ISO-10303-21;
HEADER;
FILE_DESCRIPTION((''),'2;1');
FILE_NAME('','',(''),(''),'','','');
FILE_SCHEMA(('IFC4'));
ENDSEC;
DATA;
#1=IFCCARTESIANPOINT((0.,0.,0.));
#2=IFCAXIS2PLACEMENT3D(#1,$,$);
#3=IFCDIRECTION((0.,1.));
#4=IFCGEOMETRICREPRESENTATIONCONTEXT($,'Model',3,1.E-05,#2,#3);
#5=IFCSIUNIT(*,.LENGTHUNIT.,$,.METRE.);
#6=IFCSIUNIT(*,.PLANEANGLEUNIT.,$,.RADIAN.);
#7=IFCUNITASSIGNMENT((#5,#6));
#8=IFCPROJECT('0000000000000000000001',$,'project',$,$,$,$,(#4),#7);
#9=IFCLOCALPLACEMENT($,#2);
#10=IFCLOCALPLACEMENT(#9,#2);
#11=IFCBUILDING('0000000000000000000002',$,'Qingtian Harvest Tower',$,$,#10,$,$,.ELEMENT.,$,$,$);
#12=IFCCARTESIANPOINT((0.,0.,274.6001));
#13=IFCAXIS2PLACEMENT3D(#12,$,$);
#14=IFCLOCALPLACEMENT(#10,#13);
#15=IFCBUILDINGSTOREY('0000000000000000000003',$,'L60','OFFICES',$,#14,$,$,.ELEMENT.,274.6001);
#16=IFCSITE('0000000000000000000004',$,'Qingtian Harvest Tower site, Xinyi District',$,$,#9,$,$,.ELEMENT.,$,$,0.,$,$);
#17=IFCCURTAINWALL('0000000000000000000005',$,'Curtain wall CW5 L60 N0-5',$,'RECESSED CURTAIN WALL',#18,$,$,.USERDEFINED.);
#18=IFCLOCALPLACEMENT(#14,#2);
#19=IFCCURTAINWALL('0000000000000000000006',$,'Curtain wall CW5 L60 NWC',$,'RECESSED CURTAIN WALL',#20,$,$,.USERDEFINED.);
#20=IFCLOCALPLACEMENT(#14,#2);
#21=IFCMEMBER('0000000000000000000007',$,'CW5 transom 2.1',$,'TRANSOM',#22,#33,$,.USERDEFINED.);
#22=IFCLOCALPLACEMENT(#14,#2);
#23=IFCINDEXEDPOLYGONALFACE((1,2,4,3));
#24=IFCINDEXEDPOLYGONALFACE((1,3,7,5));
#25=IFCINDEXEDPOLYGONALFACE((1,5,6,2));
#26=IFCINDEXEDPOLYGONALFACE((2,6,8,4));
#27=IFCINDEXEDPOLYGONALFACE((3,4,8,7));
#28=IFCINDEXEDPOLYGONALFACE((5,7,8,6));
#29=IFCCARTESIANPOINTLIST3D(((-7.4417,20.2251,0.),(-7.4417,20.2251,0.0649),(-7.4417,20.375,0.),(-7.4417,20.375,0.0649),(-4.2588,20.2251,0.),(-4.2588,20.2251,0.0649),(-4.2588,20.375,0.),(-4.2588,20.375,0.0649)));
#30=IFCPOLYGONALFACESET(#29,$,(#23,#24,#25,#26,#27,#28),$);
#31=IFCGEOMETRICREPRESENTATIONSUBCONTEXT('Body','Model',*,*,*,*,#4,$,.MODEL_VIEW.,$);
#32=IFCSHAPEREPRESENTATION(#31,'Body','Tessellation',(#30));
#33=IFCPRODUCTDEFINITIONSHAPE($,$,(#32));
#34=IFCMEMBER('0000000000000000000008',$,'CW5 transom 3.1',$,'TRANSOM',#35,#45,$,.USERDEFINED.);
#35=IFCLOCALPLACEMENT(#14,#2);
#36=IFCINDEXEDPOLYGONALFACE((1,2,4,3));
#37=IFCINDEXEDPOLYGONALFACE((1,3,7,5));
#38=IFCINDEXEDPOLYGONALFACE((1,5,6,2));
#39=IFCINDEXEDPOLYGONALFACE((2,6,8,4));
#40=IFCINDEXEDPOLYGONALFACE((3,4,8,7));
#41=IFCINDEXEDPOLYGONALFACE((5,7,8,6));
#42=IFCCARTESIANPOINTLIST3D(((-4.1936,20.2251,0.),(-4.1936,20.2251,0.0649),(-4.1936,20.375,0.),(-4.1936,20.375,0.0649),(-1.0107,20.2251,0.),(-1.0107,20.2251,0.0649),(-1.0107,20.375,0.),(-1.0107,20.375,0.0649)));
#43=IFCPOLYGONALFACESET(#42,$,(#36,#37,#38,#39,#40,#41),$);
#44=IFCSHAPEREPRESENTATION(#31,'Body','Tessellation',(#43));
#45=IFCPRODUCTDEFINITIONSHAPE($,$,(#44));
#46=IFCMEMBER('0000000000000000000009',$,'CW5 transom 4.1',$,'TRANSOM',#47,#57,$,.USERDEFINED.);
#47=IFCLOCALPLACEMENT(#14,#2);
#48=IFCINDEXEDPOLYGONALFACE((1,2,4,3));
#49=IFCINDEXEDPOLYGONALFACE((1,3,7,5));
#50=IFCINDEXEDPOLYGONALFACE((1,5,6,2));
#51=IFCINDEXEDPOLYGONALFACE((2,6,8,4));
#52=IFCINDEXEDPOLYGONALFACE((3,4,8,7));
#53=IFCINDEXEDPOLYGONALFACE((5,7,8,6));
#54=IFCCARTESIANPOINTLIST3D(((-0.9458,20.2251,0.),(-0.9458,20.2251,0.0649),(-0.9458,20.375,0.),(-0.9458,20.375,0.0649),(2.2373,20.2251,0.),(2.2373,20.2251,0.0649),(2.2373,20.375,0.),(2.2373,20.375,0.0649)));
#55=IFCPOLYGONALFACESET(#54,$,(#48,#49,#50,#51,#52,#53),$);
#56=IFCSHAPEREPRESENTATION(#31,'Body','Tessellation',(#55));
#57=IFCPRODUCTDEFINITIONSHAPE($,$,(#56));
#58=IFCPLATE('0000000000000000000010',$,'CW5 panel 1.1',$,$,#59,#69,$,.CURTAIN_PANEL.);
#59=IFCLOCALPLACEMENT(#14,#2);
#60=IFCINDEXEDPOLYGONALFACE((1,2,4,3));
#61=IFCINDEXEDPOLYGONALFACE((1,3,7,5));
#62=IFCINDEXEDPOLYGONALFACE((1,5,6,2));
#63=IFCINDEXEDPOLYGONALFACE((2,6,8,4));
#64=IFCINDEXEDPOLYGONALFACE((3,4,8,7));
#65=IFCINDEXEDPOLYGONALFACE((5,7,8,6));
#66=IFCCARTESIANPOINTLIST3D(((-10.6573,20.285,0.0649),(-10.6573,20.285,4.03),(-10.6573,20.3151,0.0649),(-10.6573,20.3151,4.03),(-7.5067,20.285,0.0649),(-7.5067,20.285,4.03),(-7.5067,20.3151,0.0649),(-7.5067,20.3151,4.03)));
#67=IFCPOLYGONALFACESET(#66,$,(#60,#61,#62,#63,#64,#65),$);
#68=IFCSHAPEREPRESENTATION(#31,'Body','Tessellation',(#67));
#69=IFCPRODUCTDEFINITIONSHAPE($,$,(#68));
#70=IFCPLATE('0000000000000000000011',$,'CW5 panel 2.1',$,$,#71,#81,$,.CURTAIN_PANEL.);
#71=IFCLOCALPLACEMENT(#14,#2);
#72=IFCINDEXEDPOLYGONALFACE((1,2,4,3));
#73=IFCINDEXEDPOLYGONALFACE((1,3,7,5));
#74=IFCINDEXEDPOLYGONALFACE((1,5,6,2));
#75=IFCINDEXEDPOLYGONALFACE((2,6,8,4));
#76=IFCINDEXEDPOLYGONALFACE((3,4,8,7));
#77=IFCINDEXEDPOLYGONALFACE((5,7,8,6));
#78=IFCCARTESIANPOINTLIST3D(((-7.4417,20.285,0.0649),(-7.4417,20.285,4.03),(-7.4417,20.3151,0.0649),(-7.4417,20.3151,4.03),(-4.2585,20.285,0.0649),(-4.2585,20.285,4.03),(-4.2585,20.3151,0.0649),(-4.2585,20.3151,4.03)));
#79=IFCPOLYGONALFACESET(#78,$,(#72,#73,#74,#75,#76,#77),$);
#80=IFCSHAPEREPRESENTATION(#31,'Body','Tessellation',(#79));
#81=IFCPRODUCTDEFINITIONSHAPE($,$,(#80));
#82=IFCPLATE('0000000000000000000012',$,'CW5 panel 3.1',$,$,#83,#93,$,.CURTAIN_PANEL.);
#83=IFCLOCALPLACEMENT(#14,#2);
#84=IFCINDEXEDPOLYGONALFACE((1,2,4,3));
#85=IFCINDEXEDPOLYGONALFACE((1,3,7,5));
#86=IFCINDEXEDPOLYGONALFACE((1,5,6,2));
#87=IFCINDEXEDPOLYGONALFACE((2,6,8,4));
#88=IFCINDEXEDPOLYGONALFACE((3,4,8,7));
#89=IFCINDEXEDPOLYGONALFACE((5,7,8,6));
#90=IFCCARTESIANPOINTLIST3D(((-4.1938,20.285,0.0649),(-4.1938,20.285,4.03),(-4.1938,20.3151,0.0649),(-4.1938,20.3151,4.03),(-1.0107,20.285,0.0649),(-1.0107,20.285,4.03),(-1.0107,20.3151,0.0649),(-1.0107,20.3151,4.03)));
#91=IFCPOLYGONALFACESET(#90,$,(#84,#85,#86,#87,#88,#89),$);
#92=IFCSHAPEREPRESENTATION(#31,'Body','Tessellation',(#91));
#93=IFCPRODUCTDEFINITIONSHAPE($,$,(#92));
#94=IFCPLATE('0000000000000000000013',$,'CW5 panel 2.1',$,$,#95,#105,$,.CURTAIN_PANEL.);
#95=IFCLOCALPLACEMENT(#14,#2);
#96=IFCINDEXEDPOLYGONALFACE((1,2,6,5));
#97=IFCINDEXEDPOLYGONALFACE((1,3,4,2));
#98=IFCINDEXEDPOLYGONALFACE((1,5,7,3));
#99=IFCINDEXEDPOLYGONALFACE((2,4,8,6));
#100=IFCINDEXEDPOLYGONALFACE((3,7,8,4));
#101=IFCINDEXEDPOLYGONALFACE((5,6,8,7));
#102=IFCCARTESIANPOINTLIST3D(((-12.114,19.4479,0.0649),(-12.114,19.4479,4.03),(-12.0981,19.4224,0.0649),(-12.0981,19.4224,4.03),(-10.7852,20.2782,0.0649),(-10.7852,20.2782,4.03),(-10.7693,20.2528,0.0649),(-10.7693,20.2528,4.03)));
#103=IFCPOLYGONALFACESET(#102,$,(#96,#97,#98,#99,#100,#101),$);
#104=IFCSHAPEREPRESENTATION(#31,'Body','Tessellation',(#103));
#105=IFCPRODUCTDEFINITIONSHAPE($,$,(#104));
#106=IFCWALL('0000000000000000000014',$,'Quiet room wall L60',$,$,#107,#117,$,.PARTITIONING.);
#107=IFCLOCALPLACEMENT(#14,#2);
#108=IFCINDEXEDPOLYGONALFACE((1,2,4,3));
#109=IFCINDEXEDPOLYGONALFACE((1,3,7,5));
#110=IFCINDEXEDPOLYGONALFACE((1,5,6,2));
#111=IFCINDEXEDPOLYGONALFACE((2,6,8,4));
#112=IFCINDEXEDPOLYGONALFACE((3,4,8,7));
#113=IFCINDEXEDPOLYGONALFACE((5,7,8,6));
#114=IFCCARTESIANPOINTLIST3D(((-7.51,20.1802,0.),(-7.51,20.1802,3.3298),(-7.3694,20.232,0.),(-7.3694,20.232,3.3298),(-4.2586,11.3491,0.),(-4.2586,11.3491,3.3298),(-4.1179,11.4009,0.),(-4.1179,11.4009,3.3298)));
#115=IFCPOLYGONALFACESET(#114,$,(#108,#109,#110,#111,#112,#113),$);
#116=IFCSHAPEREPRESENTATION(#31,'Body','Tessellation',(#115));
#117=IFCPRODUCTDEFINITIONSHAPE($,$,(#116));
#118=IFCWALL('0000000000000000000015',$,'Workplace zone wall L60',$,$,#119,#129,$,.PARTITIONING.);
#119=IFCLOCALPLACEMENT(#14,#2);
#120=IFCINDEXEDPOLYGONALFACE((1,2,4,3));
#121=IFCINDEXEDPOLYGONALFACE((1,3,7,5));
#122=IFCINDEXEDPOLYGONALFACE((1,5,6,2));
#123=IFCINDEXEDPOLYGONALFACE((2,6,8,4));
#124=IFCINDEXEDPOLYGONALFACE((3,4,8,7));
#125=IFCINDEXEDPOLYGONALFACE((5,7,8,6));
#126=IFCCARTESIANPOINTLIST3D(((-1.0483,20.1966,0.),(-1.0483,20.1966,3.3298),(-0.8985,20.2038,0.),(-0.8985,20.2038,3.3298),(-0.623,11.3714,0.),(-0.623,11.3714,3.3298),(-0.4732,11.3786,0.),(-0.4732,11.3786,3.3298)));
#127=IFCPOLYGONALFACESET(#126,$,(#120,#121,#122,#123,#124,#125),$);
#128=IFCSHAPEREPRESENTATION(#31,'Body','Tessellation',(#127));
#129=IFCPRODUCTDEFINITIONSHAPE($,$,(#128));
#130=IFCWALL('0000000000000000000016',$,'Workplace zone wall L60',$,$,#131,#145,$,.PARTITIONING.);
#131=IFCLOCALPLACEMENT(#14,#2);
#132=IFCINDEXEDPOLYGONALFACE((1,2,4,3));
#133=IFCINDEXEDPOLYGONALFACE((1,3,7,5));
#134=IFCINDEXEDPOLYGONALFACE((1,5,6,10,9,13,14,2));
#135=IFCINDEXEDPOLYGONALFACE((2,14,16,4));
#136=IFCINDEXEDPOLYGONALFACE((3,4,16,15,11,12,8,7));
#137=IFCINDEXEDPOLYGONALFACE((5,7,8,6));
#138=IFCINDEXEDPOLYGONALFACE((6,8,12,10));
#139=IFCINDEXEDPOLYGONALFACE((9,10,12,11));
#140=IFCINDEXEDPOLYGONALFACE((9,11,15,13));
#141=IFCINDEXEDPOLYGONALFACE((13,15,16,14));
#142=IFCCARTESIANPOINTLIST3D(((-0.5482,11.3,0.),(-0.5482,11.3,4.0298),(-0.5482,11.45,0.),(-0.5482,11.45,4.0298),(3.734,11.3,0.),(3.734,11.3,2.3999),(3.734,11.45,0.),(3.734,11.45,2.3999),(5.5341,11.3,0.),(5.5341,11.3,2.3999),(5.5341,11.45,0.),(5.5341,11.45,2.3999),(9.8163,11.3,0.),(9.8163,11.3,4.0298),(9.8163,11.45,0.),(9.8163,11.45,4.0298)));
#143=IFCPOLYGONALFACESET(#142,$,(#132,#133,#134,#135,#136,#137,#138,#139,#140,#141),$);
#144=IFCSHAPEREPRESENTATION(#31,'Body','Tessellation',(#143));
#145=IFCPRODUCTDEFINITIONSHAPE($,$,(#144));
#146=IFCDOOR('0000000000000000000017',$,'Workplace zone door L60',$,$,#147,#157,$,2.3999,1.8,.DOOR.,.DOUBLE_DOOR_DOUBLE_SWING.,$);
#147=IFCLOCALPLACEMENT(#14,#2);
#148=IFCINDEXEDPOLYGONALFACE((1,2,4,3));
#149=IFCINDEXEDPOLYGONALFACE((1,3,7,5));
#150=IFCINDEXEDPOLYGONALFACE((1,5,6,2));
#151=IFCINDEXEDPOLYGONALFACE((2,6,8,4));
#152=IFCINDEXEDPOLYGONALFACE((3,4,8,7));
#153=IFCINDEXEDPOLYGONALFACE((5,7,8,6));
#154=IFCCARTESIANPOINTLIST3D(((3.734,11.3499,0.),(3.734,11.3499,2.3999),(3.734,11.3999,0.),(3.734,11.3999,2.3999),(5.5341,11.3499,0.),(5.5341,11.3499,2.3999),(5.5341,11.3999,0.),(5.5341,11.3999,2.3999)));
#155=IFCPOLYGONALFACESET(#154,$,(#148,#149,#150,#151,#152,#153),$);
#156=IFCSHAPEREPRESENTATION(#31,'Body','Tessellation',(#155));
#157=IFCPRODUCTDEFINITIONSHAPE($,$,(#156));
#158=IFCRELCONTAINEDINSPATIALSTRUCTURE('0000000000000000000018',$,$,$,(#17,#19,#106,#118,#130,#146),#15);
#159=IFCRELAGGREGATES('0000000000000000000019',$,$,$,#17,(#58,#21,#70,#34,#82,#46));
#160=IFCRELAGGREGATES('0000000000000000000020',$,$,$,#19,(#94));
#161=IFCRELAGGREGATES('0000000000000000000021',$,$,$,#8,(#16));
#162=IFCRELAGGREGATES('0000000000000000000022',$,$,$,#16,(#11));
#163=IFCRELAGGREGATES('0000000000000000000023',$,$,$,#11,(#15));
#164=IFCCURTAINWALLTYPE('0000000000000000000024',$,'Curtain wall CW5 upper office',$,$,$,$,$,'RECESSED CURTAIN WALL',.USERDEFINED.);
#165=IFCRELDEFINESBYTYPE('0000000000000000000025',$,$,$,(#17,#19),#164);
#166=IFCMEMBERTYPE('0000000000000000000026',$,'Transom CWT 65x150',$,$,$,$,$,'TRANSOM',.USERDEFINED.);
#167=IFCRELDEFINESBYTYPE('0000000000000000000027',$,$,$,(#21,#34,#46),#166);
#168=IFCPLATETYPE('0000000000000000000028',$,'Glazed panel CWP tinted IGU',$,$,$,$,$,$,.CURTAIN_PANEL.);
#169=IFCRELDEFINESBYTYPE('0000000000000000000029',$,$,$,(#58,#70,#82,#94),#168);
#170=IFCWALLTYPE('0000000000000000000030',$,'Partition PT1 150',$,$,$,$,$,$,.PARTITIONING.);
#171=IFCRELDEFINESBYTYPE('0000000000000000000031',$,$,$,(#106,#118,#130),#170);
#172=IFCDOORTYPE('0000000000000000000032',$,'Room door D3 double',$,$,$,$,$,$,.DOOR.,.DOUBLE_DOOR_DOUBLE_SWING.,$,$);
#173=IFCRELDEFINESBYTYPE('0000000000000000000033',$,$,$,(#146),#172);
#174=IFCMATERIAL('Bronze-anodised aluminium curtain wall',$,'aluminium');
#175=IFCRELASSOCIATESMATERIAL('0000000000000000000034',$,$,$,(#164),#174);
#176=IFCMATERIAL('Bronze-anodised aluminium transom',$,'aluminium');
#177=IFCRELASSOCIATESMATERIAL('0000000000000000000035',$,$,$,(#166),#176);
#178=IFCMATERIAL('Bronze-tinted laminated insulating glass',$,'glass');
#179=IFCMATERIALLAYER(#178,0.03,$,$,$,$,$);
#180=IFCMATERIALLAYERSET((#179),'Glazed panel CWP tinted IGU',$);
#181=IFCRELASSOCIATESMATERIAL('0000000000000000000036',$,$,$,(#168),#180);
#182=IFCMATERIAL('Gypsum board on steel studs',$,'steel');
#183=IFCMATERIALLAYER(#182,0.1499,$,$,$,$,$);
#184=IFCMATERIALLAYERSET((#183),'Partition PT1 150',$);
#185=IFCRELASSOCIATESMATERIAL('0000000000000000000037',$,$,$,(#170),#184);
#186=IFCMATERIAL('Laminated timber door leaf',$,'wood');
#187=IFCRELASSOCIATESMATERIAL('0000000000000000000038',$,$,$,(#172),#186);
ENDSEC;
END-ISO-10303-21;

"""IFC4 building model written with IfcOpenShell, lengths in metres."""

from ifc_helpers import new_model, si_unit, direction, frame, frame_2d, origin, origin_2d, place, context, subcontext, project, spatial, rectangle, extrude, material, layer, layer_set, material_profile, profile_set, type_object, element, fill, aggregate, save


model = new_model("IFC4")

# Units and contexts
model_context = context("Model", 3, precision=1e-05, world=origin(), true_north=direction((0.0, 1.0)))
body_context = subcontext(model_context, "Body", "Model", "MODEL_VIEW")
ifc_project = project(units=[si_unit("LENGTHUNIT", "METRE"), si_unit("PLANEANGLEUNIT", "RADIAN")], contexts=[model_context])

# Site, building, storey
site_placement = place(None, origin())
site = spatial("IfcSite", under=ifc_project, at=site_placement, Name="Qingtian Harvest Tower site, Xinyi District", CompositionType="ELEMENT", RefElevation=0.0)
building_placement = place(site_placement, origin())
building = spatial("IfcBuilding", under=site, at=building_placement, Name="Qingtian Harvest Tower", CompositionType="ELEMENT")
storey_placement = place(building_placement, frame((0.0, 0.0, 274.6001)))
storey = spatial("IfcBuildingStorey", under=building, at=storey_placement, Name="L60", Description="OFFICES", CompositionType="ELEMENT", Elevation=274.6001)

# Curtain wall
ifc_material_1 = material(Name="Bronze-anodised aluminium curtain wall", Category="aluminium")
curtain_wall_type = type_object("IfcCurtainWallType", Name="Curtain wall CW5 upper office", ElementType="RECESSED CURTAIN WALL", PredefinedType="USERDEFINED", material=ifc_material_1)
curtain_wall_1_placement = place(storey_placement, origin())
curtain_wall_1 = element("IfcCurtainWall", 1, at=curtain_wall_1_placement, inside=storey, type_object=curtain_wall_type, Name="Curtain wall CW5 L60 N0-5", ObjectType="RECESSED CURTAIN WALL", PredefinedType="USERDEFINED")

# Curtain wall
curtain_wall_2_placement = place(storey_placement, origin())
curtain_wall_2 = element("IfcCurtainWall", 2, at=curtain_wall_2_placement, inside=storey, type_object=curtain_wall_type, Name="Curtain wall CW5 L60 NWC", ObjectType="RECESSED CURTAIN WALL", PredefinedType="USERDEFINED")

# Members
ifc_material_2 = material(Name="Bronze-anodised aluminium transom", Category="aluminium")
ifc_material_profile_1 = material_profile(ifc_material_2, rectangle(XDim=0.1499, YDim=0.0649, at=origin_2d()), Name="AL 65x150")
ifc_profile_set_1 = profile_set([ifc_material_profile_1], Name="Bronze-anodised aluminium transom")
member_type_1 = type_object("IfcMemberType", Name="Transom CWT 65x150", ElementType="TRANSOM", PredefinedType="USERDEFINED", material=ifc_profile_set_1)
member_1_placement = place(storey_placement, frame((-7.4417, 20.3, 0.0325), z_axis=(1.0, 0.0, 0.0), x_axis=(0.0, 1.0, 0.0)))
member_1 = element("IfcMember", 3, at=member_1_placement, type_object=member_type_1, Name="CW5 transom 2.1", ObjectType="TRANSOM", PredefinedType="USERDEFINED", context=body_context, shape_type="SweptSolid", body=[
    extrude(rectangle(XDim=0.1499, YDim=0.0649, at=origin_2d()), origin(), (0.0, 0.0, 1.0), 3.1829),
])
member_2_placement = place(storey_placement, frame((-4.1936, 20.3, 0.0325), z_axis=(1.0, 0.0, 0.0), x_axis=(0.0, 1.0, 0.0)))
member_2 = element("IfcMember", 4, at=member_2_placement, type_object=member_type_1, Name="CW5 transom 3.1", ObjectType="TRANSOM", PredefinedType="USERDEFINED", context=body_context, shape_type="SweptSolid", body=[
    extrude(rectangle(XDim=0.1499, YDim=0.0649, at=origin_2d()), origin(), (0.0, 0.0, 1.0), 3.1829),
])
member_3_placement = place(storey_placement, frame((-0.9458, 20.3, 0.0325), z_axis=(1.0, 0.0, 0.0), x_axis=(0.0, 1.0, 0.0)))
member_3 = element("IfcMember", 5, at=member_3_placement, type_object=member_type_1, Name="CW5 transom 4.1", ObjectType="TRANSOM", PredefinedType="USERDEFINED", context=body_context, shape_type="SweptSolid", body=[
    extrude(rectangle(XDim=0.1499, YDim=0.0649, at=origin_2d()), origin(), (0.0, 0.0, 1.0), 3.1831),
])

# Plates
ifc_material_3 = material(Name="Bronze-tinted laminated insulating glass", Category="glass")
ifc_layer_1 = layer(ifc_material_3, 0.03)
ifc_layer_set_1 = layer_set([ifc_layer_1], Name="Glazed panel CWP tinted IGU")
plate_type = type_object("IfcPlateType", Name="Glazed panel CWP tinted IGU", PredefinedType="CURTAIN_PANEL", material=ifc_layer_set_1)
plate_1_placement = place(storey_placement, frame((-9.082, 20.3, 0.0649), z_axis=(0.0, 0.0, 1.0), x_axis=(1.0, 0.0, 0.0)))
plate_1 = element("IfcPlate", 6, at=plate_1_placement, type_object=plate_type, Name="CW5 panel 1.1", PredefinedType="CURTAIN_PANEL", context=body_context, shape_type="SweptSolid", body=[
    extrude(rectangle(XDim=3.1506, YDim=0.03, at=origin_2d()), origin(), (0.0, 0.0, 1.0), 3.9651),
])
plate_2_placement = place(storey_placement, frame((-5.8501, 20.3, 0.0649), z_axis=(0.0, 0.0, 1.0), x_axis=(1.0, 0.0, 0.0)))
plate_2 = element("IfcPlate", 7, at=plate_2_placement, type_object=plate_type, Name="CW5 panel 2.1", PredefinedType="CURTAIN_PANEL", context=body_context, shape_type="SweptSolid", body=[
    extrude(rectangle(XDim=3.1831, YDim=0.03, at=origin_2d()), origin(), (0.0, 0.0, 1.0), 3.9651),
])
plate_3_placement = place(storey_placement, frame((-2.6023, 20.3, 0.0649), z_axis=(0.0, 0.0, 1.0), x_axis=(1.0, 0.0, 0.0)))
plate_3 = element("IfcPlate", 8, at=plate_3_placement, type_object=plate_type, Name="CW5 panel 3.1", PredefinedType="CURTAIN_PANEL", context=body_context, shape_type="SweptSolid", body=[
    extrude(rectangle(XDim=3.1831, YDim=0.03, at=origin_2d()), origin(), (0.0, 0.0, 1.0), 3.9651),
])
aggregate(curtain_wall_1, [plate_1, member_1, plate_2, member_2, plate_3, member_3])
plate_4_placement = place(storey_placement, frame((-11.4417, 19.8503, 0.0649), z_axis=(0.0, 0.0, 1.0), x_axis=(0.848048, 0.529919, 0.0)))
plate_4 = element("IfcPlate", 9, at=plate_4_placement, type_object=plate_type, Name="CW5 panel 2.1", PredefinedType="CURTAIN_PANEL", context=body_context, shape_type="SweptSolid", body=[
    extrude(rectangle(XDim=1.5669, YDim=0.03, at=origin_2d()), origin(), (0.0, 0.0, 1.0), 3.9651),
])
aggregate(curtain_wall_2, [plate_4])

# Walls
ifc_material_4 = material(Name="Gypsum board on steel studs", Category="steel")
ifc_layer_2 = layer(ifc_material_4, 0.1499)
ifc_layer_set_2 = layer_set([ifc_layer_2], Name="Partition PT1 150")
wall_type = type_object("IfcWallType", Name="Partition PT1 150", PredefinedType="PARTITIONING", material=ifc_layer_set_2)
wall_1_placement = place(storey_placement, frame((-7.4397, 20.2061, 0.0), z_axis=(0.0, 0.0, 1.0), x_axis=(0.345511, -0.938415, 0.0)))
element("IfcWall", 10, at=wall_1_placement, inside=storey, type_object=wall_type, Name="Quiet room wall L60", PredefinedType="PARTITIONING", context=body_context, shape_type="SweptSolid", body=[
    extrude(rectangle(XDim=9.4106, YDim=0.1499, at=frame_2d((4.7053, 0.0))), origin(), (0.0, 0.0, 1.0), 3.3298),
])
wall_2_placement = place(storey_placement, frame((-0.9734, 20.2002, 0.0), z_axis=(0.0, 0.0, 1.0), x_axis=(0.048135, -0.998841, 0.0)))
element("IfcWall", 11, at=wall_2_placement, inside=storey, type_object=wall_type, Name="Workplace zone wall L60", PredefinedType="PARTITIONING", context=body_context, shape_type="SweptSolid", body=[
    extrude(rectangle(XDim=8.8354, YDim=0.1499, at=frame_2d((4.4177, 0.0))), origin(), (0.0, 0.0, 1.0), 3.3298),
])

# Wall, opening, door
wall_3_placement = place(storey_placement, frame((-0.5481, 11.375, 0.0), z_axis=(0.0, 0.0, 1.0), x_axis=(1.0, 0.0, 0.0)))
wall_3 = element("IfcWall", 12, at=wall_3_placement, inside=storey, type_object=wall_type, Name="Workplace zone wall L60", PredefinedType="PARTITIONING", context=body_context, shape_type="SweptSolid", body=[
    extrude(rectangle(XDim=10.3645, YDim=0.1499, at=frame_2d((5.1821, 0.0))), origin(), (0.0, 0.0, 1.0), 4.0298),
])
opening_placement = place(wall_3_placement, frame((4.2822, 0.0, 0.0)))
opening = element("IfcOpeningElement", 13, at=opening_placement, cuts=wall_3, PredefinedType="OPENING", context=body_context, shape_type="SweptSolid", body=[
    extrude(rectangle(XDim=1.8, YDim=2.3999, at=frame_2d((0.8999, 1.2))), frame((0.0, 0.085, 0.0), z_axis=(0.0, -1.0, 0.0), x_axis=(1.0, 0.0, 0.0)), (0.0, 0.0, 1.0), 0.1699),
])
ifc_material_5 = material(Name="Laminated timber door leaf", Category="wood")
door_type = type_object("IfcDoorType", Name="Room door D3 double", OperationType="DOUBLE_DOOR_DOUBLE_SWING", PredefinedType="DOOR", material=ifc_material_5)
door_placement = place(opening_placement, origin())
door = element("IfcDoor", 14, at=door_placement, inside=storey, type_object=door_type, Name="Workplace zone door L60", OperationType="DOUBLE_DOOR_DOUBLE_SWING", OverallHeight=2.3999, OverallWidth=1.8, PredefinedType="DOOR", context=body_context, shape_type="SweptSolid", body=[
    extrude(rectangle(XDim=1.8, YDim=2.3999, at=frame_2d((0.8999, 1.2))), frame((0.0, 0.0249, 0.0), z_axis=(0.0, -1.0, 0.0), x_axis=(1.0, 0.0, 0.0)), (0.0, 0.0, 1.0), 0.05),
])
fill(opening, door)

save(model, "model.ifc")
